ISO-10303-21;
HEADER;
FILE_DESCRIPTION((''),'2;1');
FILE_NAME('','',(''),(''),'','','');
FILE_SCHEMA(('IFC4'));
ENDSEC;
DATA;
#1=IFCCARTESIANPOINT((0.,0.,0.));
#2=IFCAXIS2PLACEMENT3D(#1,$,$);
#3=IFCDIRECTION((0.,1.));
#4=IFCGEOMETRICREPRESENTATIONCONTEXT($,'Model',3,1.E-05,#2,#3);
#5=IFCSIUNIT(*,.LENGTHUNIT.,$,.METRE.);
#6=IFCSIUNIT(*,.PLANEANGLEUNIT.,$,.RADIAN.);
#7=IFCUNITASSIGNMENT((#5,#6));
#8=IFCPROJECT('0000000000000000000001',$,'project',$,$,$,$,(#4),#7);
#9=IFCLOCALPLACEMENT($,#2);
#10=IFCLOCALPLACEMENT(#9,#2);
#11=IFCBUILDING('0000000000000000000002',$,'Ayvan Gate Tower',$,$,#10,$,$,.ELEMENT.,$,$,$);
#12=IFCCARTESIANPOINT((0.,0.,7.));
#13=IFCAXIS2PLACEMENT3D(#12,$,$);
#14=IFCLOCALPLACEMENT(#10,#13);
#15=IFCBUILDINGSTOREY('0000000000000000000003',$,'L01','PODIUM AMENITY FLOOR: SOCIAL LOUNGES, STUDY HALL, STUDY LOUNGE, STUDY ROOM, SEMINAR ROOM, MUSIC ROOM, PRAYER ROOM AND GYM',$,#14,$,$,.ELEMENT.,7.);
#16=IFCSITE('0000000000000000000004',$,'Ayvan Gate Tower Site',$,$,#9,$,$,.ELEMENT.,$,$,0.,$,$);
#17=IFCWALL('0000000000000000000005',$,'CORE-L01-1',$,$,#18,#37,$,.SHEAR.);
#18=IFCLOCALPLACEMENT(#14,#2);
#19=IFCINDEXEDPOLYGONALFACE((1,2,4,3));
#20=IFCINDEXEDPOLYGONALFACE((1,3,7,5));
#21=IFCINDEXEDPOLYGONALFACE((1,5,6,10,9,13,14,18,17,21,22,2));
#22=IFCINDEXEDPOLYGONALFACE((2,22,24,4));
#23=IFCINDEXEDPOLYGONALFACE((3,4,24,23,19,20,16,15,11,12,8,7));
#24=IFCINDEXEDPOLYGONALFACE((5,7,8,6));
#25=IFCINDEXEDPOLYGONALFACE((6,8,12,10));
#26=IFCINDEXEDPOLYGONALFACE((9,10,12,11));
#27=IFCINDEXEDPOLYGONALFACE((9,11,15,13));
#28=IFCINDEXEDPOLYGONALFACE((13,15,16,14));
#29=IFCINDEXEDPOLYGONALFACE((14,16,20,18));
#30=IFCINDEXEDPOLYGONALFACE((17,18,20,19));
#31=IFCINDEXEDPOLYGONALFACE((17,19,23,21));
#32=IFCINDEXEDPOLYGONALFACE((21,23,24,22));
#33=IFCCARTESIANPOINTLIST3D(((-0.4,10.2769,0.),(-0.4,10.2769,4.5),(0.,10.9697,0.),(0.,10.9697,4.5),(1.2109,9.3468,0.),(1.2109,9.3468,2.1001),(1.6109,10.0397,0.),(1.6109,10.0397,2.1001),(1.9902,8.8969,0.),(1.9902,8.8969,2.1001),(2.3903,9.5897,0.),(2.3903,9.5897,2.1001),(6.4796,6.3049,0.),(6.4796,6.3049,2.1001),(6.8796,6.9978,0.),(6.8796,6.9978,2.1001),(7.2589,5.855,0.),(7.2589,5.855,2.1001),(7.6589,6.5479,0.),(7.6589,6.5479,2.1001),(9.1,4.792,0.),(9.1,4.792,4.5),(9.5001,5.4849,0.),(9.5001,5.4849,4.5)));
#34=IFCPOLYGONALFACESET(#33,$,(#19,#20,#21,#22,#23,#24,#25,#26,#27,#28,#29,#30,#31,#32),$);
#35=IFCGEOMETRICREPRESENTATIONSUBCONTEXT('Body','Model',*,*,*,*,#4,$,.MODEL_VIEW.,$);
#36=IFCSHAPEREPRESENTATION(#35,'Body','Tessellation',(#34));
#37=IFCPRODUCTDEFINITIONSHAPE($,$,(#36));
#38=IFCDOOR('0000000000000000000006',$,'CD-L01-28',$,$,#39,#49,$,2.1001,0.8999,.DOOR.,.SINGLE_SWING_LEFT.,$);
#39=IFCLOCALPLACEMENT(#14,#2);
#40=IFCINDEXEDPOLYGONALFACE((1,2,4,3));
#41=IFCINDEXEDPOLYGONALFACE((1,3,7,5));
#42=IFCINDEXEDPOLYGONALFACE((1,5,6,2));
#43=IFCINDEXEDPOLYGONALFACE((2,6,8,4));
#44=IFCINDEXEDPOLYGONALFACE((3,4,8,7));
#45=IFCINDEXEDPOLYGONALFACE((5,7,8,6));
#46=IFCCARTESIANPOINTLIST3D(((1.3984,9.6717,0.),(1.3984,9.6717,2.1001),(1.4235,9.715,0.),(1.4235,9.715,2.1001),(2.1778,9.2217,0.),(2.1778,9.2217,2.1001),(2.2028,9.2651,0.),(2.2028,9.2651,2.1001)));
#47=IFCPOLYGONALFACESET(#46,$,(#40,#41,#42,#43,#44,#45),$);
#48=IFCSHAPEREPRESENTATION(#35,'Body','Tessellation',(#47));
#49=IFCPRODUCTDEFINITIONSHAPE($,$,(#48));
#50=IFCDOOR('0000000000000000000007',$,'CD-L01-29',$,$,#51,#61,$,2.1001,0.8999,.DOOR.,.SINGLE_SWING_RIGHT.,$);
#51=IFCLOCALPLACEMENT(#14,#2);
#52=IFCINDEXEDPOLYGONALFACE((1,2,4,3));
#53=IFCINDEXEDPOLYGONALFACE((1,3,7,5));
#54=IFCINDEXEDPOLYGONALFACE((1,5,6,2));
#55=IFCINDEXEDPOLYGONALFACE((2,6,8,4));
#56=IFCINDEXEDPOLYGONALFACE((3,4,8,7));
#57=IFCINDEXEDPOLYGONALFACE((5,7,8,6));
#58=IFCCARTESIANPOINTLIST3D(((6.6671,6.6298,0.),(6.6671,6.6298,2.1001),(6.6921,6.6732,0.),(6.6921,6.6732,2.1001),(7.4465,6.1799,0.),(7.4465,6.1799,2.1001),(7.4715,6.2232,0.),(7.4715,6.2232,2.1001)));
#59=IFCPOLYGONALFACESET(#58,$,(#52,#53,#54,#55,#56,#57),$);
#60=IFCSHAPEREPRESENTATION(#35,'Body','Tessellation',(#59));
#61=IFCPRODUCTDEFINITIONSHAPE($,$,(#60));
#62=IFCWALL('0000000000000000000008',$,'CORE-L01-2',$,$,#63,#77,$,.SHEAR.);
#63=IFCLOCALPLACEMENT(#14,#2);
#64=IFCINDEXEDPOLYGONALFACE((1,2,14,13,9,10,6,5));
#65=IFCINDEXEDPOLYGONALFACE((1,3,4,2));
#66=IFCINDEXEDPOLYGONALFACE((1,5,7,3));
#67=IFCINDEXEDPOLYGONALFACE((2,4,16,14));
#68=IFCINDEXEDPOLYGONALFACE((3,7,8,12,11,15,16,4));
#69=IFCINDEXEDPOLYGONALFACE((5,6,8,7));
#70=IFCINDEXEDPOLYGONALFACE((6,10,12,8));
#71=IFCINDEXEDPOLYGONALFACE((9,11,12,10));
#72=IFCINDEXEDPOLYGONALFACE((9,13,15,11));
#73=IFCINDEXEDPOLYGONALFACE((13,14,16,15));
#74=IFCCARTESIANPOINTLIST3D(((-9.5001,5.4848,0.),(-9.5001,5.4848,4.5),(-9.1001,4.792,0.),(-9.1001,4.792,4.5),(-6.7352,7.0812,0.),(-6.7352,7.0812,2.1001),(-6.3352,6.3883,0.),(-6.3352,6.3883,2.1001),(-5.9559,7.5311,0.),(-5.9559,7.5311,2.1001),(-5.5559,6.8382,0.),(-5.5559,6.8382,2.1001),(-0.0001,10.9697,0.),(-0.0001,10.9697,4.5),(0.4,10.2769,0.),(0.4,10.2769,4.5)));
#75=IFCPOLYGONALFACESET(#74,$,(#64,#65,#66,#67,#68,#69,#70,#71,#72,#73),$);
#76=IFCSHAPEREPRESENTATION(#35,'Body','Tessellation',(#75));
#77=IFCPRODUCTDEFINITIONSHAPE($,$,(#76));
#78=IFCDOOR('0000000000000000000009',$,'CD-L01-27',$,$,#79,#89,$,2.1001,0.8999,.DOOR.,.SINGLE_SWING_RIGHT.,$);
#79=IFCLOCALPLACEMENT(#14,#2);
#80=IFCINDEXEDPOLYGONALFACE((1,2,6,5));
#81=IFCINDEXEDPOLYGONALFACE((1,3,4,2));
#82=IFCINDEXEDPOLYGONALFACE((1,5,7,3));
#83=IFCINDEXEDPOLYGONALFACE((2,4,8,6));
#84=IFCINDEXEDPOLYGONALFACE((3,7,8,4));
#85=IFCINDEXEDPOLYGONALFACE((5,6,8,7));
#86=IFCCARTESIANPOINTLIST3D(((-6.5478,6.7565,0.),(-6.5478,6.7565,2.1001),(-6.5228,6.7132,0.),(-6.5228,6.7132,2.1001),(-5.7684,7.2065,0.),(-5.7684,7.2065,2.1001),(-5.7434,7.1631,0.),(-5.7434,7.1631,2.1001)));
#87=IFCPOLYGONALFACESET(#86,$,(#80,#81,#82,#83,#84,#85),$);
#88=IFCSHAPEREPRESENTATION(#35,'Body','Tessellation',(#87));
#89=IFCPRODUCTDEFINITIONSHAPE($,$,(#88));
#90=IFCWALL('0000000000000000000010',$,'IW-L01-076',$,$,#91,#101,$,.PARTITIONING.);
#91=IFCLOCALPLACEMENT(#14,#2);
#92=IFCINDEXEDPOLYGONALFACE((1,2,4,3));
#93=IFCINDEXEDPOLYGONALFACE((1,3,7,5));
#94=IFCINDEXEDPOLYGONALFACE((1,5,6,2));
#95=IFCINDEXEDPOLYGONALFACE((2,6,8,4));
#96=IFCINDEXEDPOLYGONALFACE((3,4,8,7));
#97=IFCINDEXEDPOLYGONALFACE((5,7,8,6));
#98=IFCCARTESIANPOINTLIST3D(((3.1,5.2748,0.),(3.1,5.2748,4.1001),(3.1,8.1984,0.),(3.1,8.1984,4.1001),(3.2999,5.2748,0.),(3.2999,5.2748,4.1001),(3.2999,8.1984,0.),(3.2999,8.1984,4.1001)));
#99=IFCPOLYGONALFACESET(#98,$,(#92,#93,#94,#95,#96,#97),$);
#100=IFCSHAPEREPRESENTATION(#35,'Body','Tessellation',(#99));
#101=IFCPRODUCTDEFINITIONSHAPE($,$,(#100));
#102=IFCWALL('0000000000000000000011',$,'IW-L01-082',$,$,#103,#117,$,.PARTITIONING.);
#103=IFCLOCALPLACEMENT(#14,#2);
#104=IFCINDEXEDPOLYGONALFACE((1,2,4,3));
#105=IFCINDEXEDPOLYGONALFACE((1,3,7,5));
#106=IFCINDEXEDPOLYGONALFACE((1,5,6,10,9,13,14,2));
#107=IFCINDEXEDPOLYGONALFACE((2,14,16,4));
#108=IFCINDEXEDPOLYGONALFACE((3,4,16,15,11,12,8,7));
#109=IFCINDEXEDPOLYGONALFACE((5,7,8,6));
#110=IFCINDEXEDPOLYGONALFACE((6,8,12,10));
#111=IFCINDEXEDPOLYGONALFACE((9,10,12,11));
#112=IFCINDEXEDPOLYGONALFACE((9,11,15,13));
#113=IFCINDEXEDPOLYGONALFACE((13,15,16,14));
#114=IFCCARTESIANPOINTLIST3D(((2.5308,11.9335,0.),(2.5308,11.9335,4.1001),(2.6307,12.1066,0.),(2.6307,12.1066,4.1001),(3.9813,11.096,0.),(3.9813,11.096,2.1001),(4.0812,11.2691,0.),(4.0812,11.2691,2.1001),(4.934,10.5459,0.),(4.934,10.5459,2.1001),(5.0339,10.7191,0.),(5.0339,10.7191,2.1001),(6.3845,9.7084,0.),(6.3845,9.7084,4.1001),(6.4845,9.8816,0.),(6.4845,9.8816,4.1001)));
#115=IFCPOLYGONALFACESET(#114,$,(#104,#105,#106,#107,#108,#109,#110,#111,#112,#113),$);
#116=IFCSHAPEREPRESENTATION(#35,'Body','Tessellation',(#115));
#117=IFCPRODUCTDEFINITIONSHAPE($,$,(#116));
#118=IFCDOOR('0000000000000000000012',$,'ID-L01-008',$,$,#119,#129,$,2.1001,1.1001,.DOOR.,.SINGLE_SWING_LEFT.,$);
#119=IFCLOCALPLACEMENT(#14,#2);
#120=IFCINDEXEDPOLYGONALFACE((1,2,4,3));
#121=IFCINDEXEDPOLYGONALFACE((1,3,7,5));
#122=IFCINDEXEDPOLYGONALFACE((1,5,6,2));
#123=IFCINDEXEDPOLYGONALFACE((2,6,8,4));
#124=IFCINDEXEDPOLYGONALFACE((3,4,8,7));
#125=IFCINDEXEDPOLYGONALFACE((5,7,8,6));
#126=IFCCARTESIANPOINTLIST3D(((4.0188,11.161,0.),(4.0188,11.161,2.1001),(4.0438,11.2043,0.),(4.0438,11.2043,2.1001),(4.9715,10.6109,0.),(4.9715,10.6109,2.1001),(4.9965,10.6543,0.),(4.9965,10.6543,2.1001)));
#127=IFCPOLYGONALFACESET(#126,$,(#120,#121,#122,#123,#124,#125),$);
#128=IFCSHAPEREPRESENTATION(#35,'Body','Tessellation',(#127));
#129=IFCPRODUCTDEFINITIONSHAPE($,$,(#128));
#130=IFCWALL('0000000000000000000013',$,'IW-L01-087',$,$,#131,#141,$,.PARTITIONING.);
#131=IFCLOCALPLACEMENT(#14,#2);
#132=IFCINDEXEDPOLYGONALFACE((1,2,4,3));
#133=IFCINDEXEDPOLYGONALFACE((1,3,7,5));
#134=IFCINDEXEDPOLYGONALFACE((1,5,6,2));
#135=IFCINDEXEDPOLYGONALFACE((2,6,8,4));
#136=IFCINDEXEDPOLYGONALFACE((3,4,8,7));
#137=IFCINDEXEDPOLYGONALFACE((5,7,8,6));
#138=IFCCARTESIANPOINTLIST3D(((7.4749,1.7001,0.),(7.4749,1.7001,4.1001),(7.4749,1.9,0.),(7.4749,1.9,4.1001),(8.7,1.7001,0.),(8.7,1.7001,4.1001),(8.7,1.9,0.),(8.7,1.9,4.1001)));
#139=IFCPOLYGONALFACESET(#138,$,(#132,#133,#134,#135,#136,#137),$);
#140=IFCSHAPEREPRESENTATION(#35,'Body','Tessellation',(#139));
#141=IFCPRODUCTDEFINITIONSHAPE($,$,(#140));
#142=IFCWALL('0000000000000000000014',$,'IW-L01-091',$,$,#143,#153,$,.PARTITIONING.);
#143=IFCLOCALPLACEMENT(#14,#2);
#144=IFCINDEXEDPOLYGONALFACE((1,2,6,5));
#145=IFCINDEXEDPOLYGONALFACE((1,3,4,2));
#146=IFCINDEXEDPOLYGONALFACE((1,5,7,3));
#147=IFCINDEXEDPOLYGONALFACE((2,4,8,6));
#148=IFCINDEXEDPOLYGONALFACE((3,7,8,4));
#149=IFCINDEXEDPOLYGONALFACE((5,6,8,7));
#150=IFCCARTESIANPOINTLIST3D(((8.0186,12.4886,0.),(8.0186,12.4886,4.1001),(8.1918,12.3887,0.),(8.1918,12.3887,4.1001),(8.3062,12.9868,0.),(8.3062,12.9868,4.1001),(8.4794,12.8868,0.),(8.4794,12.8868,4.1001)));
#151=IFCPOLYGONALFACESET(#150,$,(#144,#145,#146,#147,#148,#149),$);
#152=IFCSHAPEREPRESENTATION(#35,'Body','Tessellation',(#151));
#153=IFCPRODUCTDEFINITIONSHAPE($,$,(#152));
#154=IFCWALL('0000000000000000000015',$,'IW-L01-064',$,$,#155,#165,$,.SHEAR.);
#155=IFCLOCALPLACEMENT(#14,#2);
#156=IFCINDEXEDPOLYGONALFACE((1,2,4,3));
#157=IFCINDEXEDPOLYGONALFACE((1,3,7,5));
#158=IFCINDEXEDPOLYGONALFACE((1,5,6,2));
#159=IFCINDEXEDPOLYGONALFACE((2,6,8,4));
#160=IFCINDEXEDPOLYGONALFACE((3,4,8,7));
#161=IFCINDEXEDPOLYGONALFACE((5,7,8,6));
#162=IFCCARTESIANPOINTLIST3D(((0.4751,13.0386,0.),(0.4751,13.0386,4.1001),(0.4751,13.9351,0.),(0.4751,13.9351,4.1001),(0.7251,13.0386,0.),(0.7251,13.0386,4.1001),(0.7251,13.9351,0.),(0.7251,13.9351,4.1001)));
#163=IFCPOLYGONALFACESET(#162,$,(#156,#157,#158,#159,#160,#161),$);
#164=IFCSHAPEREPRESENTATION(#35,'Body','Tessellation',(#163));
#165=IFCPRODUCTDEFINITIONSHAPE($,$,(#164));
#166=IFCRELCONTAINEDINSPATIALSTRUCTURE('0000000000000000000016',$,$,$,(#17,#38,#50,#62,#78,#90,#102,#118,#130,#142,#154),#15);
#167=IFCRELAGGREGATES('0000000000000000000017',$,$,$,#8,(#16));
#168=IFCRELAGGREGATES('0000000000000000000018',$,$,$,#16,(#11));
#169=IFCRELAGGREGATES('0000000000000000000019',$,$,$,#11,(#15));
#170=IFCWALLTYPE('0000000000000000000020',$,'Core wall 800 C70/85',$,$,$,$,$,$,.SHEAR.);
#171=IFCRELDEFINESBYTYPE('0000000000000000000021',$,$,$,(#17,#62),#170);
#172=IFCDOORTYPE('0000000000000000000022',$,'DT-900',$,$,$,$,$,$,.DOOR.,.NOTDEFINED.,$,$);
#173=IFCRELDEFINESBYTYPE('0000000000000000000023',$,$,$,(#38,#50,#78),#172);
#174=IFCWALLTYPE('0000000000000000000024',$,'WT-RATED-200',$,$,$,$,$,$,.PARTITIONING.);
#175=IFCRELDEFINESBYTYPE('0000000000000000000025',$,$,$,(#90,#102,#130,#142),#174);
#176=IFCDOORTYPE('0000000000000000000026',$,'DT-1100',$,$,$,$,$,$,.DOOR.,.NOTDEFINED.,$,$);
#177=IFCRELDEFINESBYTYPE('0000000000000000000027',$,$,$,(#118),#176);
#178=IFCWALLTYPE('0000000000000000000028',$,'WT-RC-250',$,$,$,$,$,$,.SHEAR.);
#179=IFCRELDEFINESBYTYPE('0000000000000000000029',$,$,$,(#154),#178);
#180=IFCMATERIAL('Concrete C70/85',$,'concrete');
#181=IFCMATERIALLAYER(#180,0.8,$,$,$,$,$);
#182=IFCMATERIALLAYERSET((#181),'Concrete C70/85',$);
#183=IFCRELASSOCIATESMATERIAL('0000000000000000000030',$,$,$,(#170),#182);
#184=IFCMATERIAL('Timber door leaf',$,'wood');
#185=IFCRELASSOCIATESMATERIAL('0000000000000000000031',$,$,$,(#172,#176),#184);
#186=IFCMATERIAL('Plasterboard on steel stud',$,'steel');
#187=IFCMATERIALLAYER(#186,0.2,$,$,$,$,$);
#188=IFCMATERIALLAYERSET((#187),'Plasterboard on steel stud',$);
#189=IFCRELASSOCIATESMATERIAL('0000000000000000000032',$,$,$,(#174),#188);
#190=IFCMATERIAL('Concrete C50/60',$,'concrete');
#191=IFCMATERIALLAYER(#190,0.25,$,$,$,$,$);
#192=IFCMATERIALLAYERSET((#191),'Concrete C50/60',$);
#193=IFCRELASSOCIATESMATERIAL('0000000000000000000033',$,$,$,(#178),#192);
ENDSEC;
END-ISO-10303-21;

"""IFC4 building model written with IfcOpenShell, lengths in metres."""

from ifc_helpers import new_model, si_unit, direction, frame, frame_2d, origin, place, context, subcontext, project, spatial, rectangle, extrude, material, layer, layer_set, type_object, element, fill, save


model = new_model("IFC4")

# Units and contexts
model_context = context("Model", 3, precision=1e-05, world=origin(), true_north=direction((0.0, 1.0)))
body_context = subcontext(model_context, "Body", "Model", "MODEL_VIEW")
ifc_project = project(units=[si_unit("LENGTHUNIT", "METRE"), si_unit("PLANEANGLEUNIT", "RADIAN")], contexts=[model_context])

# Site, building, storey
site_placement = place(None, origin())
site = spatial("IfcSite", under=ifc_project, at=site_placement, Name="Ayvan Gate Tower Site", CompositionType="ELEMENT", RefElevation=0.0)
building_placement = place(site_placement, origin())
building = spatial("IfcBuilding", under=site, at=building_placement, Name="Ayvan Gate Tower", CompositionType="ELEMENT")
storey_placement = place(building_placement, frame((0.0, 0.0, 7.0)))
storey = spatial("IfcBuildingStorey", under=building, at=storey_placement, Name="L01", Description="PODIUM AMENITY FLOOR: SOCIAL LOUNGES, STUDY HALL, STUDY LOUNGE, STUDY ROOM, SEMINAR ROOM, MUSIC ROOM, PRAYER ROOM AND GYM", CompositionType="ELEMENT", Elevation=7.0)

# Wall, openings, doors
ifc_material_1 = material(Name="Concrete C70/85", Category="concrete")
ifc_layer_1 = layer(ifc_material_1, 0.8)
ifc_layer_set_1 = layer_set([ifc_layer_1], Name="Concrete C70/85")
wall_type_1 = type_object("IfcWallType", Name="Core wall 800 C70/85", PredefinedType="SHEAR", material=ifc_layer_set_1)
wall_1_placement = place(storey_placement, frame((9.3, 5.1384, 0.0), z_axis=(0.0, 0.0, 1.0), x_axis=(-0.866024, 0.500002, 0.0)))
wall_1 = element("IfcWall", 1, at=wall_1_placement, inside=storey, type_object=wall_type_1, Name="CORE-L01-1", PredefinedType="SHEAR", context=body_context, shape_type="SweptSolid", body=[
    extrude(rectangle(XDim=10.9697, YDim=0.8, at=frame_2d((5.4849, 0.0))), origin(), (0.0, 0.0, 1.0), 4.5),
])
opening_1_placement = place(wall_1_placement, frame((8.2097, 0.0, 0.0)))
opening_1 = element("IfcOpeningElement", 2, at=opening_1_placement, cuts=wall_1, PredefinedType="OPENING", context=body_context, shape_type="SweptSolid", body=[
    extrude(rectangle(XDim=0.8999, YDim=2.1001, at=frame_2d((0.45, 1.05))), frame((0.0, 0.4099, 0.0), z_axis=(0.0, -1.0, 0.0), x_axis=(1.0, 0.0, 0.0)), (0.0, 0.0, 1.0), 0.8201),
])
opening_2_placement = place(wall_1_placement, frame((2.126, 0.0, 0.0)))
opening_2 = element("IfcOpeningElement", 3, at=opening_2_placement, cuts=wall_1, PredefinedType="OPENING", context=body_context, shape_type="SweptSolid", body=[
    extrude(rectangle(XDim=0.8999, YDim=2.1001, at=frame_2d((0.45, 1.05))), frame((0.0, 0.4099, 0.0), z_axis=(0.0, -1.0, 0.0), x_axis=(1.0, 0.0, 0.0)), (0.0, 0.0, 1.0), 0.8201),
])
ifc_material_2 = material(Name="Timber door leaf", Category="wood")
door_type_1 = type_object("IfcDoorType", Name="DT-900", OperationType="NOTDEFINED", PredefinedType="DOOR", material=ifc_material_2)
door_1_placement = place(opening_1_placement, origin())
door_1 = element("IfcDoor", 4, at=door_1_placement, inside=storey, type_object=door_type_1, Name="CD-L01-28", OperationType="SINGLE_SWING_LEFT", OverallHeight=2.1001, OverallWidth=0.8999, PredefinedType="DOOR", context=body_context, shape_type="SweptSolid", body=[
    extrude(rectangle(XDim=0.8999, YDim=2.1001, at=frame_2d((0.45, 1.05))), frame((0.0, 0.0249, 0.0), z_axis=(0.0, -1.0, 0.0), x_axis=(1.0, 0.0, 0.0)), (0.0, 0.0, 1.0), 0.05),
])
fill(opening_1, door_1)
door_2_placement = place(opening_2_placement, origin())
door_2 = element("IfcDoor", 5, at=door_2_placement, inside=storey, type_object=door_type_1, Name="CD-L01-29", OperationType="SINGLE_SWING_RIGHT", OverallHeight=2.1001, OverallWidth=0.8999, PredefinedType="DOOR", context=body_context, shape_type="SweptSolid", body=[
    extrude(rectangle(XDim=0.8999, YDim=2.1001, at=frame_2d((0.45, 1.05))), frame((0.0, 0.0249, 0.0), z_axis=(0.0, -1.0, 0.0), x_axis=(1.0, 0.0, 0.0)), (0.0, 0.0, 1.0), 0.05),
])
fill(opening_2, door_2)

# Wall, opening, door
wall_2_placement = place(storey_placement, frame((0.2, 10.6233, 0.0), z_axis=(0.0, 0.0, 1.0), x_axis=(-0.866024, -0.500002, 0.0)))
wall_2 = element("IfcWall", 6, at=wall_2_placement, inside=storey, type_object=wall_type_1, Name="CORE-L01-2", PredefinedType="SHEAR", context=body_context, shape_type="SweptSolid", body=[
    extrude(rectangle(XDim=10.9697, YDim=0.8, at=frame_2d((5.4849, 0.0))), origin(), (0.0, 0.0, 1.0), 4.5),
])
opening_3_placement = place(wall_2_placement, frame((6.8772, 0.0, 0.0)))
opening_3 = element("IfcOpeningElement", 7, at=opening_3_placement, cuts=wall_2, PredefinedType="OPENING", context=body_context, shape_type="SweptSolid", body=[
    extrude(rectangle(XDim=0.8999, YDim=2.1001, at=frame_2d((0.45, 1.05))), frame((0.0, 0.4099, 0.0), z_axis=(0.0, -1.0, 0.0), x_axis=(1.0, 0.0, 0.0)), (0.0, 0.0, 1.0), 0.8201),
])
door_3_placement = place(opening_3_placement, origin())
door_3 = element("IfcDoor", 8, at=door_3_placement, inside=storey, type_object=door_type_1, Name="CD-L01-27", OperationType="SINGLE_SWING_RIGHT", OverallHeight=2.1001, OverallWidth=0.8999, PredefinedType="DOOR", context=body_context, shape_type="SweptSolid", body=[
    extrude(rectangle(XDim=0.8999, YDim=2.1001, at=frame_2d((0.45, 1.05))), frame((0.0, 0.0249, 0.0), z_axis=(0.0, -1.0, 0.0), x_axis=(1.0, 0.0, 0.0)), (0.0, 0.0, 1.0), 0.05),
])
fill(opening_3, door_3)

# Wall
ifc_material_3 = material(Name="Plasterboard on steel stud", Category="steel")
ifc_layer_2 = layer(ifc_material_3, 0.2)
ifc_layer_set_2 = layer_set([ifc_layer_2], Name="Plasterboard on steel stud")
wall_type_2 = type_object("IfcWallType", Name="WT-RATED-200", PredefinedType="PARTITIONING", material=ifc_layer_set_2)
wall_3_placement = place(storey_placement, frame((3.2, 8.1985, 0.0), z_axis=(0.0, 0.0, 1.0), x_axis=(0.0, -1.0, 0.0)))
element("IfcWall", 9, at=wall_3_placement, inside=storey, type_object=wall_type_2, Name="IW-L01-076", PredefinedType="PARTITIONING", context=body_context, shape_type="SweptSolid", body=[
    extrude(rectangle(XDim=2.9236, YDim=0.2, at=frame_2d((1.4619, 0.0))), origin(), (0.0, 0.0, 1.0), 4.1001),
])

# Wall, opening, door
wall_4_placement = place(storey_placement, frame((6.4346, 9.7949, 0.0), z_axis=(0.0, 0.0, 1.0), x_axis=(-0.866013, 0.500022, 0.0)))
wall_4 = element("IfcWall", 10, at=wall_4_placement, inside=storey, type_object=wall_type_2, Name="IW-L01-082", PredefinedType="PARTITIONING", context=body_context, shape_type="SweptSolid", body=[
    extrude(rectangle(XDim=4.45, YDim=0.2, at=frame_2d((2.2251, 0.0))), origin(), (0.0, 0.0, 1.0), 4.1001),
])
opening_4_placement = place(wall_4_placement, frame((1.675, 0.0, 0.0)))
opening_4 = element("IfcOpeningElement", 11, at=opening_4_placement, cuts=wall_4, PredefinedType="OPENING", context=body_context, shape_type="SweptSolid", body=[
    extrude(rectangle(XDim=1.1001, YDim=2.1001, at=frame_2d((0.55, 1.05))), frame((0.0, 0.1099, 0.0), z_axis=(0.0, -1.0, 0.0), x_axis=(1.0, 0.0, 0.0)), (0.0, 0.0, 1.0), 0.22),
])
door_type_2 = type_object("IfcDoorType", Name="DT-1100", OperationType="NOTDEFINED", PredefinedType="DOOR", material=ifc_material_2)
door_4_placement = place(opening_4_placement, origin())
door_4 = element("IfcDoor", 12, at=door_4_placement, inside=storey, type_object=door_type_2, Name="ID-L01-008", OperationType="SINGLE_SWING_LEFT", OverallHeight=2.1001, OverallWidth=1.1001, PredefinedType="DOOR", context=body_context, shape_type="SweptSolid", body=[
    extrude(rectangle(XDim=1.1001, YDim=2.1001, at=frame_2d((0.55, 1.05))), frame((0.0, 0.0249, 0.0), z_axis=(0.0, -1.0, 0.0), x_axis=(1.0, 0.0, 0.0)), (0.0, 0.0, 1.0), 0.05),
])
fill(opening_4, door_4)

# Walls
wall_5_placement = place(storey_placement, frame((7.4749, 1.8, 0.0), z_axis=(0.0, 0.0, 1.0), x_axis=(1.0, 0.0, 0.0)))
element("IfcWall", 13, at=wall_5_placement, inside=storey, type_object=wall_type_2, Name="IW-L01-087", PredefinedType="PARTITIONING", context=body_context, shape_type="SweptSolid", body=[
    extrude(rectangle(XDim=1.2251, YDim=0.2, at=frame_2d((0.6125, 0.0))), origin(), (0.0, 0.0, 1.0), 4.1001),
])
wall_6_placement = place(storey_placement, frame((8.3928, 12.9368, 0.0), z_axis=(0.0, 0.0, 1.0), x_axis=(-0.500065, -0.865988, 0.0)))
element("IfcWall", 14, at=wall_6_placement, inside=storey, type_object=wall_type_2, Name="IW-L01-091", PredefinedType="PARTITIONING", context=body_context, shape_type="SweptSolid", body=[
    extrude(rectangle(XDim=0.5752, YDim=0.2, at=frame_2d((0.2876, 0.0))), origin(), (0.0, 0.0, 1.0), 4.1001),
])
ifc_material_4 = material(Name="Concrete C50/60", Category="concrete")
ifc_layer_3 = layer(ifc_material_4, 0.25)
ifc_layer_set_3 = layer_set([ifc_layer_3], Name="Concrete C50/60")
wall_type_3 = type_object("IfcWallType", Name="WT-RC-250", PredefinedType="SHEAR", material=ifc_layer_set_3)
wall_7_placement = place(storey_placement, frame((0.6001, 13.0386, 0.0), z_axis=(0.0, 0.0, 1.0), x_axis=(0.0, 1.0, 0.0)))
element("IfcWall", 15, at=wall_7_placement, inside=storey, type_object=wall_type_3, Name="IW-L01-064", PredefinedType="SHEAR", context=body_context, shape_type="SweptSolid", body=[
    extrude(rectangle(XDim=0.8965, YDim=0.25, at=frame_2d((0.4482, 0.0))), origin(), (0.0, 0.0, 1.0), 4.1001),
])

save(model, "model.ifc")
